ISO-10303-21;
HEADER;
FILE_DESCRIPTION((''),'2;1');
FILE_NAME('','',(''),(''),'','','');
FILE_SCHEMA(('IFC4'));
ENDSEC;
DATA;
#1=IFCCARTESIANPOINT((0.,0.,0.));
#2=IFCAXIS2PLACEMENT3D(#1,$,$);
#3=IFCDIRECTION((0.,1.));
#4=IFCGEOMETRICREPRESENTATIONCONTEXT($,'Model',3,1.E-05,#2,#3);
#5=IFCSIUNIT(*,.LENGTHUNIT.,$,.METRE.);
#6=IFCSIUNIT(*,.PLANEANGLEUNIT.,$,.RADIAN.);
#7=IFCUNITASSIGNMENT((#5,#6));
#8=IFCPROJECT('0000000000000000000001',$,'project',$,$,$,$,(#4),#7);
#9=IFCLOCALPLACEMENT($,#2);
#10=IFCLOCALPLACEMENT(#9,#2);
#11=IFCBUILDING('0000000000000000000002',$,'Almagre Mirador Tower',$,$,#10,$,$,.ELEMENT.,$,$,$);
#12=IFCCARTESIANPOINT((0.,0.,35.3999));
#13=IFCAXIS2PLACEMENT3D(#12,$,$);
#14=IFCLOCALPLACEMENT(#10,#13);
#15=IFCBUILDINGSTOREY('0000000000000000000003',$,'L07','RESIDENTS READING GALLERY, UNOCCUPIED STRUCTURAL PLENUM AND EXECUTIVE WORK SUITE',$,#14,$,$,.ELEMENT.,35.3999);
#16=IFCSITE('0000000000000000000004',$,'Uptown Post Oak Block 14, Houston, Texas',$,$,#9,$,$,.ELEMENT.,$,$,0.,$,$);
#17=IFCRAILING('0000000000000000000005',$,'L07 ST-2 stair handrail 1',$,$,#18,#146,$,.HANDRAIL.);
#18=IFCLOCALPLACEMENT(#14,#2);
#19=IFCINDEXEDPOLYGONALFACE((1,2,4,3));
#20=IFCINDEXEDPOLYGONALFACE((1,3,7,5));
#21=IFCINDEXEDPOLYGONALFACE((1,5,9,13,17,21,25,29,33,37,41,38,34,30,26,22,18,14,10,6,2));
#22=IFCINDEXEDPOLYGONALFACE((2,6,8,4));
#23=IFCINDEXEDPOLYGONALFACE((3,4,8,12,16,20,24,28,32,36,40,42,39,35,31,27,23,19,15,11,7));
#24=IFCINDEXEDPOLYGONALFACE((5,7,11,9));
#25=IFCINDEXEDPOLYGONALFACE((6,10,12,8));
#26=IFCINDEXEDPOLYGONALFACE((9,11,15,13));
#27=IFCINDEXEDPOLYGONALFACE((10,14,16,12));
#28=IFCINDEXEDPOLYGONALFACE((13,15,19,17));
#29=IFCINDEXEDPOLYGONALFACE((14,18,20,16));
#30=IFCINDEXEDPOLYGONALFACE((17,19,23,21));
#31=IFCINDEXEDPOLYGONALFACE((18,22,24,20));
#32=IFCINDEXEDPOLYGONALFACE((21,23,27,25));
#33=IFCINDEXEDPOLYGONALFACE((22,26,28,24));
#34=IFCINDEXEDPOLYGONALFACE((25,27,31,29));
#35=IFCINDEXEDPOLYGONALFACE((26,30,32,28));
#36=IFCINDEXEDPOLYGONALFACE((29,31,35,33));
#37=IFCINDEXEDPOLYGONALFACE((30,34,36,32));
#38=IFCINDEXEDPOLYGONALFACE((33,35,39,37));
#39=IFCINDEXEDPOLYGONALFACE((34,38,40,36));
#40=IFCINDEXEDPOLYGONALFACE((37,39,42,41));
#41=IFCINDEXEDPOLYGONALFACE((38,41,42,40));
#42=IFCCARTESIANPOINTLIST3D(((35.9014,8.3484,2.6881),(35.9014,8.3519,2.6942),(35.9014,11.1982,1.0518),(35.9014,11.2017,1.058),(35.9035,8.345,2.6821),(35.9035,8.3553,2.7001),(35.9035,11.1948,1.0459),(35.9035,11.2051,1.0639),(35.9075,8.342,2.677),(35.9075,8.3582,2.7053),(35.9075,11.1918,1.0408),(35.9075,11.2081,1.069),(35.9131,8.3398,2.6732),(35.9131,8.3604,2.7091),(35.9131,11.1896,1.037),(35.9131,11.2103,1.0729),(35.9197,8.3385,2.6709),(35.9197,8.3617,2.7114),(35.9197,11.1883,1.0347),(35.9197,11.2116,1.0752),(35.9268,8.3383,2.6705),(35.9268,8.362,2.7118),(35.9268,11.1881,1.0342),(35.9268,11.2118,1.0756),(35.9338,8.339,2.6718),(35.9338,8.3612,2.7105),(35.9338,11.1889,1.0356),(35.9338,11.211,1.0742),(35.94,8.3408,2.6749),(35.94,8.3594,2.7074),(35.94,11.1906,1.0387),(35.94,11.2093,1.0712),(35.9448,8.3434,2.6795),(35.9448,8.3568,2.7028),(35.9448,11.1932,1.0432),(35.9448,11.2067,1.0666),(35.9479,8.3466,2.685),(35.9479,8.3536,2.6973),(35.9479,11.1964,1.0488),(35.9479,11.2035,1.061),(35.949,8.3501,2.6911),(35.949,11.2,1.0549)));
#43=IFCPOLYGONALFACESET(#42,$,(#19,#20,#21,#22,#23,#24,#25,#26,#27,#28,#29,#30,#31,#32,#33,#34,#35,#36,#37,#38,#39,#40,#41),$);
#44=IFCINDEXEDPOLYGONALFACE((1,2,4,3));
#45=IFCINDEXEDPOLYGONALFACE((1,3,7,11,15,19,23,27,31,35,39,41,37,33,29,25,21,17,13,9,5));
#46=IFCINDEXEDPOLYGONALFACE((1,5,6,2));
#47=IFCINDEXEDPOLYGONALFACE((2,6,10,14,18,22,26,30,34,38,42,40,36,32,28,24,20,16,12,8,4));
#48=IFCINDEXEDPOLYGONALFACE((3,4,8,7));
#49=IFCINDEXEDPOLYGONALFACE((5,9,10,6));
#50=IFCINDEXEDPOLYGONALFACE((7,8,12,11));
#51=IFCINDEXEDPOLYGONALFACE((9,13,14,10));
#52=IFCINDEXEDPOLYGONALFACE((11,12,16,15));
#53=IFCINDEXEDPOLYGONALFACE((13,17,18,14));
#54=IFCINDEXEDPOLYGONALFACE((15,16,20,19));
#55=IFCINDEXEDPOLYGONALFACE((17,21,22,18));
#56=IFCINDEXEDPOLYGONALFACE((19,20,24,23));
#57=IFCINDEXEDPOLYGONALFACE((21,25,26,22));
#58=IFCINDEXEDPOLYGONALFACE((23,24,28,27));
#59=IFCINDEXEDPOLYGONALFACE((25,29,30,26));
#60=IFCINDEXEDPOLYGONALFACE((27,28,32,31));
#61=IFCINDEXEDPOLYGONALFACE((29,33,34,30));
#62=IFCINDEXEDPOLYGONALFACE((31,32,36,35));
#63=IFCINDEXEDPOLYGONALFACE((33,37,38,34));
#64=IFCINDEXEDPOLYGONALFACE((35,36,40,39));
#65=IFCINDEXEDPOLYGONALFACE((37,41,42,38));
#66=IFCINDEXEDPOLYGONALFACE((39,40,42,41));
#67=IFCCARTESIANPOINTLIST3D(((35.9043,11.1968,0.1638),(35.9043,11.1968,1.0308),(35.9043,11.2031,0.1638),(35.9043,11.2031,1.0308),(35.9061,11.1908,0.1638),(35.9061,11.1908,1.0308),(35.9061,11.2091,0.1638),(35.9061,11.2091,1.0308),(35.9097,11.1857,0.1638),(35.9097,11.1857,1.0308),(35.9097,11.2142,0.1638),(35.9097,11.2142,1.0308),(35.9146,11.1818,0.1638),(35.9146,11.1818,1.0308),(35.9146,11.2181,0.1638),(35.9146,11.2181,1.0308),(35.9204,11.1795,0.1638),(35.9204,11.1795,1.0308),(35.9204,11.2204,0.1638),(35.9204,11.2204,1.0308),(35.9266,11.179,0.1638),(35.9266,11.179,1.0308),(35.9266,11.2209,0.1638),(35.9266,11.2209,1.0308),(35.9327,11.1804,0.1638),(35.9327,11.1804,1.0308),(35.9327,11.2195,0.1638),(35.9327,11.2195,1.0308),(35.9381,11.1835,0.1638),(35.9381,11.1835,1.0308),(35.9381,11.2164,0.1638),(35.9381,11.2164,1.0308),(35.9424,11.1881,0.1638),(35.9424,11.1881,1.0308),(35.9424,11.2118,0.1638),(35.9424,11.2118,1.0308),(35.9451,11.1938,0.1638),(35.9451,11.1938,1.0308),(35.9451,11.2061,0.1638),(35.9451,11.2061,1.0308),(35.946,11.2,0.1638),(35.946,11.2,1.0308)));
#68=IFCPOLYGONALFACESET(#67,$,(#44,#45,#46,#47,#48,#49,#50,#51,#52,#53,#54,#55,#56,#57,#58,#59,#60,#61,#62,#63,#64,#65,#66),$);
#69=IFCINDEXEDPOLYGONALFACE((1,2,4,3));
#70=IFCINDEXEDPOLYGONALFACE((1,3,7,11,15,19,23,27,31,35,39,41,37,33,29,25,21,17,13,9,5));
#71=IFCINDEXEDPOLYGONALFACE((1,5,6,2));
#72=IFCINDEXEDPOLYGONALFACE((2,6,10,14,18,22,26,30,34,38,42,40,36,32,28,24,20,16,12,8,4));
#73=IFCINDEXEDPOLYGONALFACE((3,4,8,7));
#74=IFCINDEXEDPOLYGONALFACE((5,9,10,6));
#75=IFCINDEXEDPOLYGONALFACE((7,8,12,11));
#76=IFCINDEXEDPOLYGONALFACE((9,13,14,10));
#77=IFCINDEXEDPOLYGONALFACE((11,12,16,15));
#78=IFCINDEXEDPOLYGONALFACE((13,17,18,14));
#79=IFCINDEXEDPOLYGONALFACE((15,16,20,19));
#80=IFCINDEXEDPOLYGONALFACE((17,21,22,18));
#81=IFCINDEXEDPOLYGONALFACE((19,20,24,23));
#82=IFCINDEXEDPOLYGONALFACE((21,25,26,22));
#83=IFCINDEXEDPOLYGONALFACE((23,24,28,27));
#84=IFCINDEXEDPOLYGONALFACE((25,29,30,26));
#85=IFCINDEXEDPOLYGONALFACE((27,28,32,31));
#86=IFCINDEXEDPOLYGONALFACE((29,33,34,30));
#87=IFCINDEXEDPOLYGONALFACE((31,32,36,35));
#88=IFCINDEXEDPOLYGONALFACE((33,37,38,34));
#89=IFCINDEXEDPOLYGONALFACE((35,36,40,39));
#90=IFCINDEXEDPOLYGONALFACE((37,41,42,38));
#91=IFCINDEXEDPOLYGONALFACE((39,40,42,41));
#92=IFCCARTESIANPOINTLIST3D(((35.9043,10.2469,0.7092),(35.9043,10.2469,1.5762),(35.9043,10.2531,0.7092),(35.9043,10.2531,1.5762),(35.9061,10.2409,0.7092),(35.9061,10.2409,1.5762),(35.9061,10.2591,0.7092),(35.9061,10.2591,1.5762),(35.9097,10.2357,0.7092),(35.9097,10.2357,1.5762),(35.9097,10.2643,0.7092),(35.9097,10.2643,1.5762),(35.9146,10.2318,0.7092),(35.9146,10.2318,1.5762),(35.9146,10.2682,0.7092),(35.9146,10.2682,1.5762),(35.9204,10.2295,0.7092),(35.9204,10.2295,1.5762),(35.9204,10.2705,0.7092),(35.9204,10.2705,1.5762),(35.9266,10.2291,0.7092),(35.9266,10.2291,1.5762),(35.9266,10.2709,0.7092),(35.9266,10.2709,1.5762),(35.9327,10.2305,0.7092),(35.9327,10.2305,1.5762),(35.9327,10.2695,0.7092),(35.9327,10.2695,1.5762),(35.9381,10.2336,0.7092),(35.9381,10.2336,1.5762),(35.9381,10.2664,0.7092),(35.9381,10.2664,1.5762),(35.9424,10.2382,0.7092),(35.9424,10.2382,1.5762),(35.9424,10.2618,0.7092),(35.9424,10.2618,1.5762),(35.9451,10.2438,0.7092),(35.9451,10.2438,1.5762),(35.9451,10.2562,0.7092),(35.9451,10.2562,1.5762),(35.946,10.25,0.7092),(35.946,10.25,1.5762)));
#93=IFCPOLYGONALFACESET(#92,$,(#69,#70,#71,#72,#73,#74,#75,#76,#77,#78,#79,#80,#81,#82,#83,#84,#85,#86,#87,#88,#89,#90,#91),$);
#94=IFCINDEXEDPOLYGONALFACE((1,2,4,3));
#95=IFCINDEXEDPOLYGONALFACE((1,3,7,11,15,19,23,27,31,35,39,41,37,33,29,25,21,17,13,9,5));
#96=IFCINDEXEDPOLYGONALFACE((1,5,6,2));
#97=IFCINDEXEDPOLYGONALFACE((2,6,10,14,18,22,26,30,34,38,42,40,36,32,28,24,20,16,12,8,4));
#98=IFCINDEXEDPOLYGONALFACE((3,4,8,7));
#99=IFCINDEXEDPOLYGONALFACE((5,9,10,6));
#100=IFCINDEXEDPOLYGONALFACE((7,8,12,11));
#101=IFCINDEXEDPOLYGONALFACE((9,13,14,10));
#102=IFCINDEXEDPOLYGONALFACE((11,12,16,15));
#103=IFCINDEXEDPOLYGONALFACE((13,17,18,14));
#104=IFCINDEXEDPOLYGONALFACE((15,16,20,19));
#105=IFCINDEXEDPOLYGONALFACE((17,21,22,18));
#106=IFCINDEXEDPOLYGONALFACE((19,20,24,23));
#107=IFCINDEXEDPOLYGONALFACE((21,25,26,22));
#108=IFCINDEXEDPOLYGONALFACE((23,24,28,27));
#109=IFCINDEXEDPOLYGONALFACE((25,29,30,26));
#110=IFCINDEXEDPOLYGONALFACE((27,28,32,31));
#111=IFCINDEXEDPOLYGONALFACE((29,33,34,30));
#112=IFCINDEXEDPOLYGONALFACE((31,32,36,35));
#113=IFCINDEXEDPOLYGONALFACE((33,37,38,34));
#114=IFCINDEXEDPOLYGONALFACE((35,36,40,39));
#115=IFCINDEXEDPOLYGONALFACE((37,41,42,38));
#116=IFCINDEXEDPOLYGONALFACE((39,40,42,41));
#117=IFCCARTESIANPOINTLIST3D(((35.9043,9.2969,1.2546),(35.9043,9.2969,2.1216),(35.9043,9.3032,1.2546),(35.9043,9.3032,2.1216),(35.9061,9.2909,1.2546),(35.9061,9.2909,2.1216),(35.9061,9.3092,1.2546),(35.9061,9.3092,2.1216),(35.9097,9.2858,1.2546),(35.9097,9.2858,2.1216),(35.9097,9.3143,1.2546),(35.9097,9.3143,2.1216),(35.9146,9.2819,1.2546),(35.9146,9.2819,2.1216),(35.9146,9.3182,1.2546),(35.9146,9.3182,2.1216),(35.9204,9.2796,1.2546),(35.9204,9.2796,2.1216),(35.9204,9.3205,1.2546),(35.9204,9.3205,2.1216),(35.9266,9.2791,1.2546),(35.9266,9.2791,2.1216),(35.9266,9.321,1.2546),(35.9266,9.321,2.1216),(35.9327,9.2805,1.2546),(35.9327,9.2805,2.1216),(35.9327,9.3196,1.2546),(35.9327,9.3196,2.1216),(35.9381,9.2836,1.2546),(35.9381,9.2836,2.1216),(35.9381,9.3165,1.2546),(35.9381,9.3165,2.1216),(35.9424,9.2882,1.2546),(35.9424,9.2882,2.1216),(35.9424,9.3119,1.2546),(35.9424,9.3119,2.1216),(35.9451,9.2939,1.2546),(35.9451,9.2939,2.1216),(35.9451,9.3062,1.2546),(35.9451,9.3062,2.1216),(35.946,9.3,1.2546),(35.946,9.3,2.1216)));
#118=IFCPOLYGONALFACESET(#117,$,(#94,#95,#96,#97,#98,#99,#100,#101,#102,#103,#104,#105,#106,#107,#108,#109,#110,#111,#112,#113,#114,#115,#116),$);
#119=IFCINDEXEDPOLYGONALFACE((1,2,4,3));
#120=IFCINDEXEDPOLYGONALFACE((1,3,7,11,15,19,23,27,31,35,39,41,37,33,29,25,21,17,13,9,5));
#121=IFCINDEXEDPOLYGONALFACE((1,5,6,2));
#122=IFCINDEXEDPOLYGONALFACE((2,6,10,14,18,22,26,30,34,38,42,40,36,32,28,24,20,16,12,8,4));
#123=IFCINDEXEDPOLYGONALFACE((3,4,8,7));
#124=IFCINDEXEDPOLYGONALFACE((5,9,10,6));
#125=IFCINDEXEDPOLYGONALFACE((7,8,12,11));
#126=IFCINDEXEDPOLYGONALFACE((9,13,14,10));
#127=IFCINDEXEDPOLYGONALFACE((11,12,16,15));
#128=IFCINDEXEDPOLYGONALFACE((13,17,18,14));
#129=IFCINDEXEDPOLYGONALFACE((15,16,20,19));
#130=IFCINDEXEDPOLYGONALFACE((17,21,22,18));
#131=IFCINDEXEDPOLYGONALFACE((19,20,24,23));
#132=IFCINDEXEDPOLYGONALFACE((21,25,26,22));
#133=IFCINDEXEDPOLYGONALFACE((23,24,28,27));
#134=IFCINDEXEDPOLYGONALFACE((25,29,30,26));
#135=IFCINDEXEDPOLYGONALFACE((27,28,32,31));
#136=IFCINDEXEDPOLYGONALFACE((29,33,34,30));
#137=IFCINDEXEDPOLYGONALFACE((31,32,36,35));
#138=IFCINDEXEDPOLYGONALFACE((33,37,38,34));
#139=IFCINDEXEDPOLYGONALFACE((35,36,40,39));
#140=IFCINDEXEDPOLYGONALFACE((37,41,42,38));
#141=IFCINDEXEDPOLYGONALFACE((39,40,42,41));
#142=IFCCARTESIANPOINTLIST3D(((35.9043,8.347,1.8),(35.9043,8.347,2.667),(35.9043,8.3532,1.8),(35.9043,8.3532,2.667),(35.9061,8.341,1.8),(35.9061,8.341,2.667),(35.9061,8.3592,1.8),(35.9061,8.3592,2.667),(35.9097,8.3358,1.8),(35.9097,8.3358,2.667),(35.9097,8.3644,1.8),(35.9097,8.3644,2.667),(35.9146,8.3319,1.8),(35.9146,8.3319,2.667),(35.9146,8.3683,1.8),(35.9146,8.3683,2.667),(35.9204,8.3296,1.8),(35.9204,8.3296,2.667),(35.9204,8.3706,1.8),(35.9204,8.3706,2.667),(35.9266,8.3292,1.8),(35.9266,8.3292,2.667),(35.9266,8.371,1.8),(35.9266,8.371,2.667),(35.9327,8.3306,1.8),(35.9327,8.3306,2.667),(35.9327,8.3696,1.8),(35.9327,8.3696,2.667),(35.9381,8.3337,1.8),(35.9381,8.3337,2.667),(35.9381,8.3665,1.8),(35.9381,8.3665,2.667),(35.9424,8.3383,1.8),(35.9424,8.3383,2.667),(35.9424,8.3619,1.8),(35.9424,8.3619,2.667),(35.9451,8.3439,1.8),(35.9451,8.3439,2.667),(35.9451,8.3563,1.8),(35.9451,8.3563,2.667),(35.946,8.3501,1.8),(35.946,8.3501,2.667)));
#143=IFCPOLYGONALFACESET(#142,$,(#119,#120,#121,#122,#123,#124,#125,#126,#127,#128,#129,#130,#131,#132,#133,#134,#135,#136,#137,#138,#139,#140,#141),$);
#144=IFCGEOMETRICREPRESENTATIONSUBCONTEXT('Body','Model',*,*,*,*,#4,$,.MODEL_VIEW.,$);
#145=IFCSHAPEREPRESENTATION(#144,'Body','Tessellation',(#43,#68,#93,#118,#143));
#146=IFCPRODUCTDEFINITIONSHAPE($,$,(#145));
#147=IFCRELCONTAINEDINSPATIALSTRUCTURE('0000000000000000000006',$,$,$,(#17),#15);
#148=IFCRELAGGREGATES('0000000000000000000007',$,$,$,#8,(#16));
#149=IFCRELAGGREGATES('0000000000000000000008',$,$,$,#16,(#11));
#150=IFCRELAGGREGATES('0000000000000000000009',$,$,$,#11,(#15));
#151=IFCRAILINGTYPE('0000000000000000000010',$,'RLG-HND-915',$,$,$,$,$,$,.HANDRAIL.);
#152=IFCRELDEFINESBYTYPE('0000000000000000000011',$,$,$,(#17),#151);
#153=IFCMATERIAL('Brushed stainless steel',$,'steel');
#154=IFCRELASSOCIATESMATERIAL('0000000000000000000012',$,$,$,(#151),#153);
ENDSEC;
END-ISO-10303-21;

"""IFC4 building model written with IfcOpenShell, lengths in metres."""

from ifc_helpers import new_model, si_unit, direction, frame, origin, origin_2d, place, context, subcontext, project, spatial, circle, extrude, material, type_object, element, save


model = new_model("IFC4")

# Units and contexts
model_context = context("Model", 3, precision=1e-05, world=origin(), true_north=direction((0.0, 1.0)))
body_context = subcontext(model_context, "Body", "Model", "MODEL_VIEW")
ifc_project = project(units=[si_unit("LENGTHUNIT", "METRE"), si_unit("PLANEANGLEUNIT", "RADIAN")], contexts=[model_context])

# Site, building, storey
site_placement = place(None, origin())
site = spatial("IfcSite", under=ifc_project, at=site_placement, Name="Uptown Post Oak Block 14, Houston, Texas", CompositionType="ELEMENT", RefElevation=0.0)
building_placement = place(site_placement, origin())
building = spatial("IfcBuilding", under=site, at=building_placement, Name="Almagre Mirador Tower", CompositionType="ELEMENT")
storey_placement = place(building_placement, frame((0.0, 0.0, 35.3999)))
storey = spatial("IfcBuildingStorey", under=building, at=storey_placement, Name="L07", Description="RESIDENTS READING GALLERY, UNOCCUPIED STRUCTURAL PLENUM AND EXECUTIVE WORK SUITE", CompositionType="ELEMENT", Elevation=35.3999)

# Railing
ifc_material_1 = material(Name="Brushed stainless steel", Category="steel")
railing_type_1 = type_object("IfcRailingType", Name="RLG-HND-915", PredefinedType="HANDRAIL", material=ifc_material_1)
railing_1_placement = place(storey_placement, frame((35.925, 11.2, 0.1638)))
element("IfcRailing", 1, at=railing_1_placement, inside=storey, type_object=railing_type_1, Name="L07 ST-2 stair handrail 1", PredefinedType="HANDRAIL", context=body_context, shape_type="SweptSolid", body=[
    extrude(circle(Radius=0.0239, at=origin_2d()), frame((0.0, 0.0, 0.8911), z_axis=(0.0, -0.867226, 0.497914), x_axis=(1.0, 0.0, 0.0)), (0.0, 0.0, 1.0), 3.2861),
    extrude(circle(Radius=0.021, at=origin_2d()), origin(), (0.0, 0.0, 1.0), 0.8669),
    extrude(circle(Radius=0.021, at=origin_2d()), frame((0.0, -0.95, 0.5454)), (0.0, 0.0, 1.0), 0.8669),
    extrude(circle(Radius=0.021, at=origin_2d()), frame((0.0, -1.8999, 1.0908)), (0.0, 0.0, 1.0), 0.8669),
    extrude(circle(Radius=0.021, at=origin_2d()), frame((0.0, -2.8499, 1.6362)), (0.0, 0.0, 1.0), 0.8669),
])

save(model, "model.ifc")
